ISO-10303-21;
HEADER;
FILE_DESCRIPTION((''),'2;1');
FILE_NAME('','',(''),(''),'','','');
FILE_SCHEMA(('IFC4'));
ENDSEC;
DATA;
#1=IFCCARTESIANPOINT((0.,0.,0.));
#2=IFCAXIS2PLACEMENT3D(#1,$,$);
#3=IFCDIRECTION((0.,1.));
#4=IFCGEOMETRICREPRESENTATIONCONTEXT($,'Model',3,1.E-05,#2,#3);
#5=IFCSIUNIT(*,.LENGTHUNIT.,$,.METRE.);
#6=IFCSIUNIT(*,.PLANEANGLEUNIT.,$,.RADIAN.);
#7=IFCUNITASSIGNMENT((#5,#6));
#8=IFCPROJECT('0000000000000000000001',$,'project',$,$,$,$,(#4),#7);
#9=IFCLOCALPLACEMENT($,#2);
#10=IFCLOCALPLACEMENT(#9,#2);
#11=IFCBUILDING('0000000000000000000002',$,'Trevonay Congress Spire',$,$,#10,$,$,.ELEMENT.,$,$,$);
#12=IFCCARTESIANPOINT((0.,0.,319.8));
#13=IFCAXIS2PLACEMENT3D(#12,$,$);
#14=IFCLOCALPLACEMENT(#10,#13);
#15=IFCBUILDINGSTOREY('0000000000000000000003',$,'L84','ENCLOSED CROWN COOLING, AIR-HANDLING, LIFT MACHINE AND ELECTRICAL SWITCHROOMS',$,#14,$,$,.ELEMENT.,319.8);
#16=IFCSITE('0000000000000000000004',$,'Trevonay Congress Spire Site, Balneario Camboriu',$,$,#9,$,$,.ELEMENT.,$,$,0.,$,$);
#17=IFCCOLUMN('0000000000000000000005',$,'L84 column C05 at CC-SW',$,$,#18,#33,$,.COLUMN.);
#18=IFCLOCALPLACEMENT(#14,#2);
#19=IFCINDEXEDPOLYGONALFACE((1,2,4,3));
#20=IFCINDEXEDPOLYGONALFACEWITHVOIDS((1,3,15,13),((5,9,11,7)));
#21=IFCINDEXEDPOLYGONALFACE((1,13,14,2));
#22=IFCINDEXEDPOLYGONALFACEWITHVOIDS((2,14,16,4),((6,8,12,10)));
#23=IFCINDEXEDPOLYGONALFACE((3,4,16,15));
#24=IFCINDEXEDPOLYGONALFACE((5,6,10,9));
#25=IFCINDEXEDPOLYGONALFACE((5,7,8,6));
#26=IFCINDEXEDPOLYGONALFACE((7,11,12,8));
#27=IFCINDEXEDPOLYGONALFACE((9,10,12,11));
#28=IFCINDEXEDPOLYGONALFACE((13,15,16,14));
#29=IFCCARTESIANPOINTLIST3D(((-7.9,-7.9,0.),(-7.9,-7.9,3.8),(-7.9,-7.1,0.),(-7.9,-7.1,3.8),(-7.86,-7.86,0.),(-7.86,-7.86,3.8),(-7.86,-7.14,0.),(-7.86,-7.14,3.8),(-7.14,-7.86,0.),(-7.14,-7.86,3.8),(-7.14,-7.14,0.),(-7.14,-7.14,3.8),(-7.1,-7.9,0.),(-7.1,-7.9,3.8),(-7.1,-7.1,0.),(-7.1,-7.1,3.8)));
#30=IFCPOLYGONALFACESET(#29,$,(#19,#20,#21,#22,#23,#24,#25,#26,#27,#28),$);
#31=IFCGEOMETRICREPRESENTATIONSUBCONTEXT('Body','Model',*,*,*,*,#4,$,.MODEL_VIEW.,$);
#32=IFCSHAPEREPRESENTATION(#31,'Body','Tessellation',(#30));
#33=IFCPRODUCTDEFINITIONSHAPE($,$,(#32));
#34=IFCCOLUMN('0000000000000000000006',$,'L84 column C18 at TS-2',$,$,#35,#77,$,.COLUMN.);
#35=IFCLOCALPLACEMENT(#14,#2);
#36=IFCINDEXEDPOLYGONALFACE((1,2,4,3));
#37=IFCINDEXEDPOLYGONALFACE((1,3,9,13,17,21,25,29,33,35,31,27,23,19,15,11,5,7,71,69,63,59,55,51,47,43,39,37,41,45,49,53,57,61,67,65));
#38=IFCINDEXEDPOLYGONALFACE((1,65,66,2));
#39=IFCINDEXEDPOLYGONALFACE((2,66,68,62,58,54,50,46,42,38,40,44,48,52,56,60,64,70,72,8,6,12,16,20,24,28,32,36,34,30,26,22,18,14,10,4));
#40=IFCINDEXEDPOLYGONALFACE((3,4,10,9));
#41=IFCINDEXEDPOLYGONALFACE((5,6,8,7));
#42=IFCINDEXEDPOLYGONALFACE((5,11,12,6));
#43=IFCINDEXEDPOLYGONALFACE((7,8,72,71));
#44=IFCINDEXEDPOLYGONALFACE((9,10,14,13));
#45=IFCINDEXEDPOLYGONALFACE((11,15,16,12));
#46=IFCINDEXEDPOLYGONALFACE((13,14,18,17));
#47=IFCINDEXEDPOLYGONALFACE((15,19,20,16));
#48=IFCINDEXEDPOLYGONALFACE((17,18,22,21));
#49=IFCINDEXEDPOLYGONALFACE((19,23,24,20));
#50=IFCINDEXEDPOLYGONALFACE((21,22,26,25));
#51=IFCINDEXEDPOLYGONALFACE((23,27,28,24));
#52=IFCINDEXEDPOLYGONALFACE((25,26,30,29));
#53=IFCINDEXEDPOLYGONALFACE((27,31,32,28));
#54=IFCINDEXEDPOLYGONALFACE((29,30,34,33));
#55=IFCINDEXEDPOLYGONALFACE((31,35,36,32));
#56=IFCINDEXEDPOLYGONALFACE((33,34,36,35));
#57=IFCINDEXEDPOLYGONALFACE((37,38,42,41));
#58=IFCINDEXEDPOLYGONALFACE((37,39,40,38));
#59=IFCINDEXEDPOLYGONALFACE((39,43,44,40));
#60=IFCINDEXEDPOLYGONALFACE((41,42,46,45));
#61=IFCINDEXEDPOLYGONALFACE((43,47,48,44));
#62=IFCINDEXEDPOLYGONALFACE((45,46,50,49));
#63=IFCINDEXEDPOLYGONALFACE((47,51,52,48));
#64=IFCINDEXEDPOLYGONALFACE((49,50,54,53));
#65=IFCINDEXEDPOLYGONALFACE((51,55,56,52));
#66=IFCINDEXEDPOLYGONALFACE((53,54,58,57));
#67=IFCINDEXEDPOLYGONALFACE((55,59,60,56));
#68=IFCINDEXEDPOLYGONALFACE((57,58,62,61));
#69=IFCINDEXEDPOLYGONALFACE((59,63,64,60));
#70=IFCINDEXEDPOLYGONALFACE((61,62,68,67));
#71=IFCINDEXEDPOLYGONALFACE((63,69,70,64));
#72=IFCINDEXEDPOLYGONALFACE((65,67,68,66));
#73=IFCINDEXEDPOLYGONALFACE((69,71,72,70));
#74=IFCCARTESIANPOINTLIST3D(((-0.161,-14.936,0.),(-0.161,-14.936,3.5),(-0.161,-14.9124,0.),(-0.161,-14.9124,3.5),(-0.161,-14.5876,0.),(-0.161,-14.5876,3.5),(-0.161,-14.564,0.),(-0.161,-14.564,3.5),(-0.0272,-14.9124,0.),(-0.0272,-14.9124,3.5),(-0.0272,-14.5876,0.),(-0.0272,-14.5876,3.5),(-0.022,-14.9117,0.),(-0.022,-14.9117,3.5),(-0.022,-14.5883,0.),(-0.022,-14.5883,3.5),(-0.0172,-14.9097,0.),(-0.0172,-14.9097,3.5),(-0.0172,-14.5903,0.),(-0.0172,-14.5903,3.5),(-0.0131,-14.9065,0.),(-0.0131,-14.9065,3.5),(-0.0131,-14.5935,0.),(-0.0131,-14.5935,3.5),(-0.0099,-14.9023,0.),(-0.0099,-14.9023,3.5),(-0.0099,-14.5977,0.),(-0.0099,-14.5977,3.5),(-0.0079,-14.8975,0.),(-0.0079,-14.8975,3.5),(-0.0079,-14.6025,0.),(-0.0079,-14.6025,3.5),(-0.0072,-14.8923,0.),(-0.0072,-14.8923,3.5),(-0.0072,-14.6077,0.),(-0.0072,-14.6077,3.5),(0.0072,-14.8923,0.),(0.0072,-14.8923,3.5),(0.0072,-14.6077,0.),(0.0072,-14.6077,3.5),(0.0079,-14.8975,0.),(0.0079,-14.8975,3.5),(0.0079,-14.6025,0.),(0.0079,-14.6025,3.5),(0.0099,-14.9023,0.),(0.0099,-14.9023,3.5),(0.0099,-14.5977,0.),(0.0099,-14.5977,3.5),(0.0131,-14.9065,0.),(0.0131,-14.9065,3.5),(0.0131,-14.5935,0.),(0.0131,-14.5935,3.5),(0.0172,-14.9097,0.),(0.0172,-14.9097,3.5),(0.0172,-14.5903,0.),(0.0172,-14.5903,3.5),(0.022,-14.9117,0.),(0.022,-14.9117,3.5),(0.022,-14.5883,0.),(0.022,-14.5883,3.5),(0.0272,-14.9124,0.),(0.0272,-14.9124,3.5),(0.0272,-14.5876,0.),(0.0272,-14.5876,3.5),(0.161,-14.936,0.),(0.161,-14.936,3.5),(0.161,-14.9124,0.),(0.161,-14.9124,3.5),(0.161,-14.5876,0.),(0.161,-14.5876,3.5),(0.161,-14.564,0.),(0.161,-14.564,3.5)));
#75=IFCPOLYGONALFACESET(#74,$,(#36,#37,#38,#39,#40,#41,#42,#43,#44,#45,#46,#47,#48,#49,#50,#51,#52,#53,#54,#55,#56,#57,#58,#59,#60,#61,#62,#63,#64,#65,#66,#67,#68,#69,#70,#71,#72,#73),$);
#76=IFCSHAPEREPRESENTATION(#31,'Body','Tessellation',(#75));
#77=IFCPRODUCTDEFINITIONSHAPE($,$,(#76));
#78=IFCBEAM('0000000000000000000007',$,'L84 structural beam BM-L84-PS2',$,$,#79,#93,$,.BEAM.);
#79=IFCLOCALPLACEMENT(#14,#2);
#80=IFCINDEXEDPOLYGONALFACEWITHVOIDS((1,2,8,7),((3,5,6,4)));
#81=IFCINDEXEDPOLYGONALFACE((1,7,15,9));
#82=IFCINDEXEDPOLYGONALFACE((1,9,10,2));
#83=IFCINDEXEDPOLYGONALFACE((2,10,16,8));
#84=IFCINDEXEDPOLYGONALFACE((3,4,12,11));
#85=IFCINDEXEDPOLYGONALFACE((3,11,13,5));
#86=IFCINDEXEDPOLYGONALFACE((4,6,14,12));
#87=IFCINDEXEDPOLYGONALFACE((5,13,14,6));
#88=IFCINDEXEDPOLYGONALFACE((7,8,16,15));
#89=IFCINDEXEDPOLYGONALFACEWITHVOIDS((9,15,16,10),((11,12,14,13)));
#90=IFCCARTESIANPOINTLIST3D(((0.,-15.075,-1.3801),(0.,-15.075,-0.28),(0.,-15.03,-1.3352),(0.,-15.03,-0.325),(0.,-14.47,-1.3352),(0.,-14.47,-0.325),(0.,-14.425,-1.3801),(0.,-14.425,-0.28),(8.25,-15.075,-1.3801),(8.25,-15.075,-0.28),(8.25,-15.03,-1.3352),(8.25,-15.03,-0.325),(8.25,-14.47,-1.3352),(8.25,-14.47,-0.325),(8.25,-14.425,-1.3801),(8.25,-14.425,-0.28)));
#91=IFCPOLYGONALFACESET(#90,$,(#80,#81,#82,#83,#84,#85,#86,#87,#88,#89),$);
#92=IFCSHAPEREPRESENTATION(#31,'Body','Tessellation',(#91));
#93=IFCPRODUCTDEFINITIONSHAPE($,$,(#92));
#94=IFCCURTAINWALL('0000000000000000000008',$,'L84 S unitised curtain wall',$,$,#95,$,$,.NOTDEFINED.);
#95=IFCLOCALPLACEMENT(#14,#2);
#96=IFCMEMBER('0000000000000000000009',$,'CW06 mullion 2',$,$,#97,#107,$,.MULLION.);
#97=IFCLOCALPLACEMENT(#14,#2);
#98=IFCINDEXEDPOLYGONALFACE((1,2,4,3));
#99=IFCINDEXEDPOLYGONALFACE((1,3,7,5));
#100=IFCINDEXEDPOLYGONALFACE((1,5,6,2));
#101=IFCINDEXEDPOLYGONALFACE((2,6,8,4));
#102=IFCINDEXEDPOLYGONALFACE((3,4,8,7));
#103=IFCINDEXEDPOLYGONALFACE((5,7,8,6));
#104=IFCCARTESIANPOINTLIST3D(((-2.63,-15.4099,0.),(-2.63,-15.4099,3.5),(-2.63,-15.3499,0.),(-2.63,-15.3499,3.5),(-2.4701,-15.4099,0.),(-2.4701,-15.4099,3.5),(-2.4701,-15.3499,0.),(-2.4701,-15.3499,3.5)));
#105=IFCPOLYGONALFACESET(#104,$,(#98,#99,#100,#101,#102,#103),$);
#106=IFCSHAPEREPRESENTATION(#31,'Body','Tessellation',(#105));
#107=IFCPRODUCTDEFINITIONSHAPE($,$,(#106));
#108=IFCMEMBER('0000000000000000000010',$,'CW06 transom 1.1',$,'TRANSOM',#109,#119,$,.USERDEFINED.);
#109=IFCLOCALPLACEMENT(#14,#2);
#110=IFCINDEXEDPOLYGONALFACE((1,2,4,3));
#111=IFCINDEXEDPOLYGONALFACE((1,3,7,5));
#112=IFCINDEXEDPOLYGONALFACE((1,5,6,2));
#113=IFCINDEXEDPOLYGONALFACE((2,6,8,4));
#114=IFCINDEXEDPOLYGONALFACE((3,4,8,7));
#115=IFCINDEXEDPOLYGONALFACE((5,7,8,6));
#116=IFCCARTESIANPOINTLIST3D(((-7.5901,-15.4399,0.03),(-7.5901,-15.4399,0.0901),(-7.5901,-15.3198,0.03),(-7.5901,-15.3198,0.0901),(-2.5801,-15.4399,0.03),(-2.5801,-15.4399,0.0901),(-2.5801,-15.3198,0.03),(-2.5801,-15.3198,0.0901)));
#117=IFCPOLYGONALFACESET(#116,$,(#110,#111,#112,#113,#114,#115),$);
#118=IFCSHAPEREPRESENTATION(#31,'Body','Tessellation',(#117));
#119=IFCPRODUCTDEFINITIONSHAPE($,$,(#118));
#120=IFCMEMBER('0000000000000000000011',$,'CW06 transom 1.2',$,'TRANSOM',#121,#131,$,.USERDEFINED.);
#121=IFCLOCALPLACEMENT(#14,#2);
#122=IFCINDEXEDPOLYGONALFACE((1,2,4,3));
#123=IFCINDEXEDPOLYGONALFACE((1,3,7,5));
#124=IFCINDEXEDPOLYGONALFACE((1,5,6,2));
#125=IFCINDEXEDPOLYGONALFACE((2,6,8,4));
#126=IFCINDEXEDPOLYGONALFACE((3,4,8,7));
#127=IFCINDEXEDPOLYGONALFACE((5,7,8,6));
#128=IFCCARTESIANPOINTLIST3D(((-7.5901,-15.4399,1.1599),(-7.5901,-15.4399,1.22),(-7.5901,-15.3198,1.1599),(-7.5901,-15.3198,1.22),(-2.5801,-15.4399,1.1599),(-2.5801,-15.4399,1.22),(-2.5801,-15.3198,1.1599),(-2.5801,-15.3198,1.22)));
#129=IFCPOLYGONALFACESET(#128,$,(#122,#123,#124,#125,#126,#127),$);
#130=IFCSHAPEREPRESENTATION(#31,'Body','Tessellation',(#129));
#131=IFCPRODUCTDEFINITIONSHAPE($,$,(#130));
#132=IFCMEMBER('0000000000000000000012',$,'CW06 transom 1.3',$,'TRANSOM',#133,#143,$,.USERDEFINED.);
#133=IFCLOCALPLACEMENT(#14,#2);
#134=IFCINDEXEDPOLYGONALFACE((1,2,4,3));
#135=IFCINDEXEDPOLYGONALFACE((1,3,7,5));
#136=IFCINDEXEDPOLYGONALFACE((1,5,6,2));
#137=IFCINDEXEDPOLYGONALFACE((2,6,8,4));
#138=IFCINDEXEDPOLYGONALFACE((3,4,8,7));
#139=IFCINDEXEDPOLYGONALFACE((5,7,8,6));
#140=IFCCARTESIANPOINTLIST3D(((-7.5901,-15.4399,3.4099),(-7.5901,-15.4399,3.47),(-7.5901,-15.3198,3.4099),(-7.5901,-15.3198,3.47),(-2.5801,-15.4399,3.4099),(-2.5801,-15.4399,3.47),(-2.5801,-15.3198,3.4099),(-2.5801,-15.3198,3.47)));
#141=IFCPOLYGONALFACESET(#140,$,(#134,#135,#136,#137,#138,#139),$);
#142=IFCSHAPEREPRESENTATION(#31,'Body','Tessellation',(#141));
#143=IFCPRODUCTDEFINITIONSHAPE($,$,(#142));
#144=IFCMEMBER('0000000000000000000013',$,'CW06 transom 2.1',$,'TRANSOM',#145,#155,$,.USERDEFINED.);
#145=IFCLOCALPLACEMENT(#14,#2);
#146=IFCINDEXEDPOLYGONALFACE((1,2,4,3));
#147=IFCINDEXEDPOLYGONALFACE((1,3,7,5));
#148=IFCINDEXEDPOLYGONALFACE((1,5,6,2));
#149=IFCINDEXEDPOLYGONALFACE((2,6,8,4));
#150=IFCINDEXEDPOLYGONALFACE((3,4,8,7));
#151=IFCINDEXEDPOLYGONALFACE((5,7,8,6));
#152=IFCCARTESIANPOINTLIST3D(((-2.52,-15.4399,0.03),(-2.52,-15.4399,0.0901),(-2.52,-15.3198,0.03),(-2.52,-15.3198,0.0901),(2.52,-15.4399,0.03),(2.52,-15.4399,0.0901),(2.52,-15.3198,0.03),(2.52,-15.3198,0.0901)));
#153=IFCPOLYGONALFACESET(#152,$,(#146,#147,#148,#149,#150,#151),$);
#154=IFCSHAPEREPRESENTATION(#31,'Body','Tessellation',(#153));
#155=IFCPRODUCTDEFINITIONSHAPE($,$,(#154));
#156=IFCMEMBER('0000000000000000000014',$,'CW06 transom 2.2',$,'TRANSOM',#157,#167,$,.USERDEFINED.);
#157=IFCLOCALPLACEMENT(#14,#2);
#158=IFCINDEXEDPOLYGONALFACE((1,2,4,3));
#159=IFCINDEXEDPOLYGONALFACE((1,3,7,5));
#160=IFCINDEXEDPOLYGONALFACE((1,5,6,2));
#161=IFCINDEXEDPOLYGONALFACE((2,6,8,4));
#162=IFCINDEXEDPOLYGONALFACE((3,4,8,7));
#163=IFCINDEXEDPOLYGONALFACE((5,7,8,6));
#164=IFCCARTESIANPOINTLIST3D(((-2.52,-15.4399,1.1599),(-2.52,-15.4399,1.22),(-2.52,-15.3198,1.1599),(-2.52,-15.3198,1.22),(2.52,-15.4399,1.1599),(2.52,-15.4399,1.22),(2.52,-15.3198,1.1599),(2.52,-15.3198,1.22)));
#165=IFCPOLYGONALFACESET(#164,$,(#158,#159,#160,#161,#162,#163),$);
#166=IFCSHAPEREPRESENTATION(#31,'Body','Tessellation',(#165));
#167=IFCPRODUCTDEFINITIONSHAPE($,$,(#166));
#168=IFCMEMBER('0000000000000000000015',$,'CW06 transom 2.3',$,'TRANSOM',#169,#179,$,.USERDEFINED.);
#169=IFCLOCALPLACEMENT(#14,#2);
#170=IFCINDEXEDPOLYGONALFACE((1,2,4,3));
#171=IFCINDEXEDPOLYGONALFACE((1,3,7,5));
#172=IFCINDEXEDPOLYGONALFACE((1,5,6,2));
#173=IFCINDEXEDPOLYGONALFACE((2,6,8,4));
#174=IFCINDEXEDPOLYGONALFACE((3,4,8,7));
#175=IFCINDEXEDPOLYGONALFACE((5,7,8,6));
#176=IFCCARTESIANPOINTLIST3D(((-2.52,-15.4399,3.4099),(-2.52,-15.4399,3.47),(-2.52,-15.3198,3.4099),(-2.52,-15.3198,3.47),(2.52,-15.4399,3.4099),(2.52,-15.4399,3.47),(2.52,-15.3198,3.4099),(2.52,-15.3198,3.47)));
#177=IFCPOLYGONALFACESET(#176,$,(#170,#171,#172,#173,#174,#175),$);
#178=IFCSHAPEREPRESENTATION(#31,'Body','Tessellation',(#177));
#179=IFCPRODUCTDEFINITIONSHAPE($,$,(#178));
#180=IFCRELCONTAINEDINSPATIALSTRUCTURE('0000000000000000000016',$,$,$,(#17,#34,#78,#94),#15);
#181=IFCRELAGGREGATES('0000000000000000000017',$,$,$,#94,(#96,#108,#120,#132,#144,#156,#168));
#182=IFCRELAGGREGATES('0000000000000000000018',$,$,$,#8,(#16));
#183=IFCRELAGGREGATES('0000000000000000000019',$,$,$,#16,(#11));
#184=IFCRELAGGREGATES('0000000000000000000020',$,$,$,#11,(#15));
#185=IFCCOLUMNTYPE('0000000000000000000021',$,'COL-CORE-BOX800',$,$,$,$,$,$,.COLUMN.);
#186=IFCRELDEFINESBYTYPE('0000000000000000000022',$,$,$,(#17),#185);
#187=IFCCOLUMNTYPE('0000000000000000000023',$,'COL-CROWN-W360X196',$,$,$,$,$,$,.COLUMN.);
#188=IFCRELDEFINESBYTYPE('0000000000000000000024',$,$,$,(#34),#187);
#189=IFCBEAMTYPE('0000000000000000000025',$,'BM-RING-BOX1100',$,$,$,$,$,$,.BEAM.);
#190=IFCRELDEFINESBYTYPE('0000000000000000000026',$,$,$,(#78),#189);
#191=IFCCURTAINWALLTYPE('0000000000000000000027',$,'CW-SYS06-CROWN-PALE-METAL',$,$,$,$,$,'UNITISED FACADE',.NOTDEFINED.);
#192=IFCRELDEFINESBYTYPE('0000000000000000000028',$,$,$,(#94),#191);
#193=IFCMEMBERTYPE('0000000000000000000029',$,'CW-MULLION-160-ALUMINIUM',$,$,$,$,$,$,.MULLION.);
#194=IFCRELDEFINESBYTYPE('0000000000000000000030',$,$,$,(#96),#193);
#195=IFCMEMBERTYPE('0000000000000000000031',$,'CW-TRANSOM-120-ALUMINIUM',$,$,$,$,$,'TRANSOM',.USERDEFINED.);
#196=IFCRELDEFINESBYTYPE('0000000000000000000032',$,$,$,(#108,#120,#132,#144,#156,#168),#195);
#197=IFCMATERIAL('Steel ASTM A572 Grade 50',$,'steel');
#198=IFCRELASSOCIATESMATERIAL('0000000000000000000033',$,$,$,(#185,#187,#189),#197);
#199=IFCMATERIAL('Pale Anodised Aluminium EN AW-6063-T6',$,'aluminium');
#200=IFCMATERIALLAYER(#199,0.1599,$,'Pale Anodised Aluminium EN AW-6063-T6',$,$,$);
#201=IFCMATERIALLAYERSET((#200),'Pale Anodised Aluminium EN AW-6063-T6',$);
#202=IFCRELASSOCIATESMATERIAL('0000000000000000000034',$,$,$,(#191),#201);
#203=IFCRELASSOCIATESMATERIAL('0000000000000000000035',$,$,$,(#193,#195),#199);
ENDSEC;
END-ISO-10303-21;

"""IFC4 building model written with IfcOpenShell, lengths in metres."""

from ifc_helpers import new_model, si_unit, direction, frame, origin, origin_2d, place, context, subcontext, project, spatial, rectangle, hollow_rectangle, i_section, extrude, material, layer, layer_set, material_profile, profile_set, type_object, element, aggregate, save


model = new_model("IFC4")

# Units and contexts
model_context = context("Model", 3, precision=1e-05, world=origin(), true_north=direction((0.0, 1.0)))
body_context = subcontext(model_context, "Body", "Model", "MODEL_VIEW")
ifc_project = project(units=[si_unit("LENGTHUNIT", "METRE"), si_unit("PLANEANGLEUNIT", "RADIAN")], contexts=[model_context])

# Site, building, storey
site_placement = place(None, origin())
site = spatial("IfcSite", under=ifc_project, at=site_placement, Name="Trevonay Congress Spire Site, Balneario Camboriu", CompositionType="ELEMENT", RefElevation=0.0)
building_placement = place(site_placement, origin())
building = spatial("IfcBuilding", under=site, at=building_placement, Name="Trevonay Congress Spire", CompositionType="ELEMENT")
storey_placement = place(building_placement, frame((0.0, 0.0, 319.8)))
storey = spatial("IfcBuildingStorey", under=building, at=storey_placement, Name="L84", Description="ENCLOSED CROWN COOLING, AIR-HANDLING, LIFT MACHINE AND ELECTRICAL SWITCHROOMS", CompositionType="ELEMENT", Elevation=319.8)

# Columns
ifc_material_1 = material(Name="Steel ASTM A572 Grade 50", Category="steel")
ifc_material_profile_1 = material_profile(ifc_material_1, hollow_rectangle(XDim=0.8, YDim=0.8, WallThickness=0.04, at=origin_2d()), Name="BOX 800x800x40")
ifc_profile_set_1 = profile_set([ifc_material_profile_1], Name="Steel ASTM A572 Grade 50")
column_type_1 = type_object("IfcColumnType", Name="COL-CORE-BOX800", PredefinedType="COLUMN", material=ifc_profile_set_1)
column_1_placement = place(storey_placement, frame((-7.5, -7.5, 0.0), z_axis=(0.0, 0.0, 1.0), x_axis=(1.0, 0.0, 0.0)))
element("IfcColumn", 1, at=column_1_placement, inside=storey, type_object=column_type_1, Name="L84 column C05 at CC-SW", PredefinedType="COLUMN", context=body_context, shape_type="SweptSolid", body=[
    extrude(hollow_rectangle(XDim=0.8, YDim=0.8, WallThickness=0.04, at=origin_2d()), origin(), (0.0, 0.0, 1.0), 3.8),
])
ifc_material_profile_2 = material_profile(ifc_material_1, i_section(OverallWidth=0.322, OverallDepth=0.3721, WebThickness=0.0144, FlangeThickness=0.0237, FilletRadius=0.02, at=origin_2d()), Name="W360x196")
ifc_profile_set_2 = profile_set([ifc_material_profile_2], Name="Steel ASTM A572 Grade 50")
column_type_2 = type_object("IfcColumnType", Name="COL-CROWN-W360X196", PredefinedType="COLUMN", material=ifc_profile_set_2)
column_2_placement = place(storey_placement, frame((0.0, -14.75, 0.0), z_axis=(0.0, 0.0, 1.0), x_axis=(1.0, 0.0, 0.0)))
element("IfcColumn", 2, at=column_2_placement, inside=storey, type_object=column_type_2, Name="L84 column C18 at TS-2", PredefinedType="COLUMN", context=body_context, shape_type="SweptSolid", body=[
    extrude(i_section(OverallWidth=0.322, OverallDepth=0.3721, WebThickness=0.0144, FlangeThickness=0.0237, FilletRadius=0.02, at=origin_2d()), origin(), (0.0, 0.0, 1.0), 3.5),
])

# Beam
ifc_material_profile_3 = material_profile(ifc_material_1, hollow_rectangle(XDim=0.6499, YDim=1.1001, WallThickness=0.0449, at=origin_2d()), Name="BOX 1100x650x45")
ifc_profile_set_3 = profile_set([ifc_material_profile_3], Name="Steel ASTM A572 Grade 50")
beam_type_1 = type_object("IfcBeamType", Name="BM-RING-BOX1100", PredefinedType="BEAM", material=ifc_profile_set_3)
beam_1_placement = place(storey_placement, frame((0.0, -14.75, -0.8301), z_axis=(1.0, 0.0, 0.0), x_axis=(0.0, 1.0, 0.0)))
element("IfcBeam", 3, at=beam_1_placement, inside=storey, type_object=beam_type_1, Name="L84 structural beam BM-L84-PS2", PredefinedType="BEAM", context=body_context, shape_type="SweptSolid", body=[
    extrude(hollow_rectangle(XDim=0.6499, YDim=1.1001, WallThickness=0.0449, at=origin_2d()), origin(), (0.0, 0.0, 1.0), 8.25),
])

# Curtain wall, members
ifc_material_2 = material(Name="Pale Anodised Aluminium EN AW-6063-T6", Category="aluminium")
ifc_layer_1 = layer(ifc_material_2, 0.1599, Name="Pale Anodised Aluminium EN AW-6063-T6")
ifc_layer_set_1 = layer_set([ifc_layer_1], Name="Pale Anodised Aluminium EN AW-6063-T6")
curtain_wall_type = type_object("IfcCurtainWallType", Name="CW-SYS06-CROWN-PALE-METAL", ElementType="UNITISED FACADE", PredefinedType="NOTDEFINED", material=ifc_layer_set_1)
curtain_wall_placement = place(storey_placement, origin())
curtain_wall = element("IfcCurtainWall", 4, at=curtain_wall_placement, inside=storey, type_object=curtain_wall_type, Name="L84 S unitised curtain wall", PredefinedType="NOTDEFINED")
ifc_material_profile_4 = material_profile(ifc_material_2, rectangle(XDim=0.0601, YDim=0.1599, at=origin_2d()), Name="CW-MULLION-160-ALUMINIUM")
ifc_profile_set_4 = profile_set([ifc_material_profile_4], Name="Pale Anodised Aluminium EN AW-6063-T6")
member_type_1 = type_object("IfcMemberType", Name="CW-MULLION-160-ALUMINIUM", PredefinedType="MULLION", material=ifc_profile_set_4)
member_1_placement = place(storey_placement, frame((-2.55, -15.3799, 0.0), z_axis=(0.0, 0.0, 1.0), x_axis=(0.0, 1.0, 0.0)))
member_1 = element("IfcMember", 5, at=member_1_placement, type_object=member_type_1, Name="CW06 mullion 2", PredefinedType="MULLION", context=body_context, shape_type="SweptSolid", body=[
    extrude(rectangle(XDim=0.0601, YDim=0.1599, at=origin_2d()), origin(), (0.0, 0.0, 1.0), 3.5),
])
ifc_material_profile_5 = material_profile(ifc_material_2, rectangle(XDim=0.1201, YDim=0.0601, at=origin_2d()), Name="CW-TRANSOM-120-ALUMINIUM")
ifc_profile_set_5 = profile_set([ifc_material_profile_5], Name="Pale Anodised Aluminium EN AW-6063-T6")
member_type_2 = type_object("IfcMemberType", Name="CW-TRANSOM-120-ALUMINIUM", ElementType="TRANSOM", PredefinedType="USERDEFINED", material=ifc_profile_set_5)
member_2_placement = place(storey_placement, frame((-7.5901, -15.3799, 0.0601), z_axis=(1.0, 0.0, 0.0), x_axis=(0.0, 1.0, 0.0)))
member_2 = element("IfcMember", 6, at=member_2_placement, type_object=member_type_2, Name="CW06 transom 1.1", ObjectType="TRANSOM", PredefinedType="USERDEFINED", context=body_context, shape_type="SweptSolid", body=[
    extrude(rectangle(XDim=0.1201, YDim=0.0601, at=origin_2d()), origin(), (0.0, 0.0, 1.0), 5.01),
])
member_3_placement = place(storey_placement, frame((-7.5901, -15.3799, 1.1899), z_axis=(1.0, 0.0, 0.0), x_axis=(0.0, 1.0, 0.0)))
member_3 = element("IfcMember", 7, at=member_3_placement, type_object=member_type_2, Name="CW06 transom 1.2", ObjectType="TRANSOM", PredefinedType="USERDEFINED", context=body_context, shape_type="SweptSolid", body=[
    extrude(rectangle(XDim=0.1201, YDim=0.0601, at=origin_2d()), origin(), (0.0, 0.0, 1.0), 5.01),
])
member_4_placement = place(storey_placement, frame((-7.5901, -15.3799, 3.4399), z_axis=(1.0, 0.0, 0.0), x_axis=(0.0, 1.0, 0.0)))
member_4 = element("IfcMember", 8, at=member_4_placement, type_object=member_type_2, Name="CW06 transom 1.3", ObjectType="TRANSOM", PredefinedType="USERDEFINED", context=body_context, shape_type="SweptSolid", body=[
    extrude(rectangle(XDim=0.1201, YDim=0.0601, at=origin_2d()), origin(), (0.0, 0.0, 1.0), 5.01),
])
member_5_placement = place(storey_placement, frame((-2.52, -15.3799, 0.0601), z_axis=(1.0, 0.0, 0.0), x_axis=(0.0, 1.0, 0.0)))
member_5 = element("IfcMember", 9, at=member_5_placement, type_object=member_type_2, Name="CW06 transom 2.1", ObjectType="TRANSOM", PredefinedType="USERDEFINED", context=body_context, shape_type="SweptSolid", body=[
    extrude(rectangle(XDim=0.1201, YDim=0.0601, at=origin_2d()), origin(), (0.0, 0.0, 1.0), 5.04),
])
member_6_placement = place(storey_placement, frame((-2.52, -15.3799, 1.1899), z_axis=(1.0, 0.0, 0.0), x_axis=(0.0, 1.0, 0.0)))
member_6 = element("IfcMember", 10, at=member_6_placement, type_object=member_type_2, Name="CW06 transom 2.2", ObjectType="TRANSOM", PredefinedType="USERDEFINED", context=body_context, shape_type="SweptSolid", body=[
    extrude(rectangle(XDim=0.1201, YDim=0.0601, at=origin_2d()), origin(), (0.0, 0.0, 1.0), 5.04),
])
member_7_placement = place(storey_placement, frame((-2.52, -15.3799, 3.4399), z_axis=(1.0, 0.0, 0.0), x_axis=(0.0, 1.0, 0.0)))
member_7 = element("IfcMember", 11, at=member_7_placement, type_object=member_type_2, Name="CW06 transom 2.3", ObjectType="TRANSOM", PredefinedType="USERDEFINED", context=body_context, shape_type="SweptSolid", body=[
    extrude(rectangle(XDim=0.1201, YDim=0.0601, at=origin_2d()), origin(), (0.0, 0.0, 1.0), 5.04),
])

aggregate(curtain_wall, [member_1, member_2, member_3, member_4, member_5, member_6, member_7])

save(model, "model.ifc")
